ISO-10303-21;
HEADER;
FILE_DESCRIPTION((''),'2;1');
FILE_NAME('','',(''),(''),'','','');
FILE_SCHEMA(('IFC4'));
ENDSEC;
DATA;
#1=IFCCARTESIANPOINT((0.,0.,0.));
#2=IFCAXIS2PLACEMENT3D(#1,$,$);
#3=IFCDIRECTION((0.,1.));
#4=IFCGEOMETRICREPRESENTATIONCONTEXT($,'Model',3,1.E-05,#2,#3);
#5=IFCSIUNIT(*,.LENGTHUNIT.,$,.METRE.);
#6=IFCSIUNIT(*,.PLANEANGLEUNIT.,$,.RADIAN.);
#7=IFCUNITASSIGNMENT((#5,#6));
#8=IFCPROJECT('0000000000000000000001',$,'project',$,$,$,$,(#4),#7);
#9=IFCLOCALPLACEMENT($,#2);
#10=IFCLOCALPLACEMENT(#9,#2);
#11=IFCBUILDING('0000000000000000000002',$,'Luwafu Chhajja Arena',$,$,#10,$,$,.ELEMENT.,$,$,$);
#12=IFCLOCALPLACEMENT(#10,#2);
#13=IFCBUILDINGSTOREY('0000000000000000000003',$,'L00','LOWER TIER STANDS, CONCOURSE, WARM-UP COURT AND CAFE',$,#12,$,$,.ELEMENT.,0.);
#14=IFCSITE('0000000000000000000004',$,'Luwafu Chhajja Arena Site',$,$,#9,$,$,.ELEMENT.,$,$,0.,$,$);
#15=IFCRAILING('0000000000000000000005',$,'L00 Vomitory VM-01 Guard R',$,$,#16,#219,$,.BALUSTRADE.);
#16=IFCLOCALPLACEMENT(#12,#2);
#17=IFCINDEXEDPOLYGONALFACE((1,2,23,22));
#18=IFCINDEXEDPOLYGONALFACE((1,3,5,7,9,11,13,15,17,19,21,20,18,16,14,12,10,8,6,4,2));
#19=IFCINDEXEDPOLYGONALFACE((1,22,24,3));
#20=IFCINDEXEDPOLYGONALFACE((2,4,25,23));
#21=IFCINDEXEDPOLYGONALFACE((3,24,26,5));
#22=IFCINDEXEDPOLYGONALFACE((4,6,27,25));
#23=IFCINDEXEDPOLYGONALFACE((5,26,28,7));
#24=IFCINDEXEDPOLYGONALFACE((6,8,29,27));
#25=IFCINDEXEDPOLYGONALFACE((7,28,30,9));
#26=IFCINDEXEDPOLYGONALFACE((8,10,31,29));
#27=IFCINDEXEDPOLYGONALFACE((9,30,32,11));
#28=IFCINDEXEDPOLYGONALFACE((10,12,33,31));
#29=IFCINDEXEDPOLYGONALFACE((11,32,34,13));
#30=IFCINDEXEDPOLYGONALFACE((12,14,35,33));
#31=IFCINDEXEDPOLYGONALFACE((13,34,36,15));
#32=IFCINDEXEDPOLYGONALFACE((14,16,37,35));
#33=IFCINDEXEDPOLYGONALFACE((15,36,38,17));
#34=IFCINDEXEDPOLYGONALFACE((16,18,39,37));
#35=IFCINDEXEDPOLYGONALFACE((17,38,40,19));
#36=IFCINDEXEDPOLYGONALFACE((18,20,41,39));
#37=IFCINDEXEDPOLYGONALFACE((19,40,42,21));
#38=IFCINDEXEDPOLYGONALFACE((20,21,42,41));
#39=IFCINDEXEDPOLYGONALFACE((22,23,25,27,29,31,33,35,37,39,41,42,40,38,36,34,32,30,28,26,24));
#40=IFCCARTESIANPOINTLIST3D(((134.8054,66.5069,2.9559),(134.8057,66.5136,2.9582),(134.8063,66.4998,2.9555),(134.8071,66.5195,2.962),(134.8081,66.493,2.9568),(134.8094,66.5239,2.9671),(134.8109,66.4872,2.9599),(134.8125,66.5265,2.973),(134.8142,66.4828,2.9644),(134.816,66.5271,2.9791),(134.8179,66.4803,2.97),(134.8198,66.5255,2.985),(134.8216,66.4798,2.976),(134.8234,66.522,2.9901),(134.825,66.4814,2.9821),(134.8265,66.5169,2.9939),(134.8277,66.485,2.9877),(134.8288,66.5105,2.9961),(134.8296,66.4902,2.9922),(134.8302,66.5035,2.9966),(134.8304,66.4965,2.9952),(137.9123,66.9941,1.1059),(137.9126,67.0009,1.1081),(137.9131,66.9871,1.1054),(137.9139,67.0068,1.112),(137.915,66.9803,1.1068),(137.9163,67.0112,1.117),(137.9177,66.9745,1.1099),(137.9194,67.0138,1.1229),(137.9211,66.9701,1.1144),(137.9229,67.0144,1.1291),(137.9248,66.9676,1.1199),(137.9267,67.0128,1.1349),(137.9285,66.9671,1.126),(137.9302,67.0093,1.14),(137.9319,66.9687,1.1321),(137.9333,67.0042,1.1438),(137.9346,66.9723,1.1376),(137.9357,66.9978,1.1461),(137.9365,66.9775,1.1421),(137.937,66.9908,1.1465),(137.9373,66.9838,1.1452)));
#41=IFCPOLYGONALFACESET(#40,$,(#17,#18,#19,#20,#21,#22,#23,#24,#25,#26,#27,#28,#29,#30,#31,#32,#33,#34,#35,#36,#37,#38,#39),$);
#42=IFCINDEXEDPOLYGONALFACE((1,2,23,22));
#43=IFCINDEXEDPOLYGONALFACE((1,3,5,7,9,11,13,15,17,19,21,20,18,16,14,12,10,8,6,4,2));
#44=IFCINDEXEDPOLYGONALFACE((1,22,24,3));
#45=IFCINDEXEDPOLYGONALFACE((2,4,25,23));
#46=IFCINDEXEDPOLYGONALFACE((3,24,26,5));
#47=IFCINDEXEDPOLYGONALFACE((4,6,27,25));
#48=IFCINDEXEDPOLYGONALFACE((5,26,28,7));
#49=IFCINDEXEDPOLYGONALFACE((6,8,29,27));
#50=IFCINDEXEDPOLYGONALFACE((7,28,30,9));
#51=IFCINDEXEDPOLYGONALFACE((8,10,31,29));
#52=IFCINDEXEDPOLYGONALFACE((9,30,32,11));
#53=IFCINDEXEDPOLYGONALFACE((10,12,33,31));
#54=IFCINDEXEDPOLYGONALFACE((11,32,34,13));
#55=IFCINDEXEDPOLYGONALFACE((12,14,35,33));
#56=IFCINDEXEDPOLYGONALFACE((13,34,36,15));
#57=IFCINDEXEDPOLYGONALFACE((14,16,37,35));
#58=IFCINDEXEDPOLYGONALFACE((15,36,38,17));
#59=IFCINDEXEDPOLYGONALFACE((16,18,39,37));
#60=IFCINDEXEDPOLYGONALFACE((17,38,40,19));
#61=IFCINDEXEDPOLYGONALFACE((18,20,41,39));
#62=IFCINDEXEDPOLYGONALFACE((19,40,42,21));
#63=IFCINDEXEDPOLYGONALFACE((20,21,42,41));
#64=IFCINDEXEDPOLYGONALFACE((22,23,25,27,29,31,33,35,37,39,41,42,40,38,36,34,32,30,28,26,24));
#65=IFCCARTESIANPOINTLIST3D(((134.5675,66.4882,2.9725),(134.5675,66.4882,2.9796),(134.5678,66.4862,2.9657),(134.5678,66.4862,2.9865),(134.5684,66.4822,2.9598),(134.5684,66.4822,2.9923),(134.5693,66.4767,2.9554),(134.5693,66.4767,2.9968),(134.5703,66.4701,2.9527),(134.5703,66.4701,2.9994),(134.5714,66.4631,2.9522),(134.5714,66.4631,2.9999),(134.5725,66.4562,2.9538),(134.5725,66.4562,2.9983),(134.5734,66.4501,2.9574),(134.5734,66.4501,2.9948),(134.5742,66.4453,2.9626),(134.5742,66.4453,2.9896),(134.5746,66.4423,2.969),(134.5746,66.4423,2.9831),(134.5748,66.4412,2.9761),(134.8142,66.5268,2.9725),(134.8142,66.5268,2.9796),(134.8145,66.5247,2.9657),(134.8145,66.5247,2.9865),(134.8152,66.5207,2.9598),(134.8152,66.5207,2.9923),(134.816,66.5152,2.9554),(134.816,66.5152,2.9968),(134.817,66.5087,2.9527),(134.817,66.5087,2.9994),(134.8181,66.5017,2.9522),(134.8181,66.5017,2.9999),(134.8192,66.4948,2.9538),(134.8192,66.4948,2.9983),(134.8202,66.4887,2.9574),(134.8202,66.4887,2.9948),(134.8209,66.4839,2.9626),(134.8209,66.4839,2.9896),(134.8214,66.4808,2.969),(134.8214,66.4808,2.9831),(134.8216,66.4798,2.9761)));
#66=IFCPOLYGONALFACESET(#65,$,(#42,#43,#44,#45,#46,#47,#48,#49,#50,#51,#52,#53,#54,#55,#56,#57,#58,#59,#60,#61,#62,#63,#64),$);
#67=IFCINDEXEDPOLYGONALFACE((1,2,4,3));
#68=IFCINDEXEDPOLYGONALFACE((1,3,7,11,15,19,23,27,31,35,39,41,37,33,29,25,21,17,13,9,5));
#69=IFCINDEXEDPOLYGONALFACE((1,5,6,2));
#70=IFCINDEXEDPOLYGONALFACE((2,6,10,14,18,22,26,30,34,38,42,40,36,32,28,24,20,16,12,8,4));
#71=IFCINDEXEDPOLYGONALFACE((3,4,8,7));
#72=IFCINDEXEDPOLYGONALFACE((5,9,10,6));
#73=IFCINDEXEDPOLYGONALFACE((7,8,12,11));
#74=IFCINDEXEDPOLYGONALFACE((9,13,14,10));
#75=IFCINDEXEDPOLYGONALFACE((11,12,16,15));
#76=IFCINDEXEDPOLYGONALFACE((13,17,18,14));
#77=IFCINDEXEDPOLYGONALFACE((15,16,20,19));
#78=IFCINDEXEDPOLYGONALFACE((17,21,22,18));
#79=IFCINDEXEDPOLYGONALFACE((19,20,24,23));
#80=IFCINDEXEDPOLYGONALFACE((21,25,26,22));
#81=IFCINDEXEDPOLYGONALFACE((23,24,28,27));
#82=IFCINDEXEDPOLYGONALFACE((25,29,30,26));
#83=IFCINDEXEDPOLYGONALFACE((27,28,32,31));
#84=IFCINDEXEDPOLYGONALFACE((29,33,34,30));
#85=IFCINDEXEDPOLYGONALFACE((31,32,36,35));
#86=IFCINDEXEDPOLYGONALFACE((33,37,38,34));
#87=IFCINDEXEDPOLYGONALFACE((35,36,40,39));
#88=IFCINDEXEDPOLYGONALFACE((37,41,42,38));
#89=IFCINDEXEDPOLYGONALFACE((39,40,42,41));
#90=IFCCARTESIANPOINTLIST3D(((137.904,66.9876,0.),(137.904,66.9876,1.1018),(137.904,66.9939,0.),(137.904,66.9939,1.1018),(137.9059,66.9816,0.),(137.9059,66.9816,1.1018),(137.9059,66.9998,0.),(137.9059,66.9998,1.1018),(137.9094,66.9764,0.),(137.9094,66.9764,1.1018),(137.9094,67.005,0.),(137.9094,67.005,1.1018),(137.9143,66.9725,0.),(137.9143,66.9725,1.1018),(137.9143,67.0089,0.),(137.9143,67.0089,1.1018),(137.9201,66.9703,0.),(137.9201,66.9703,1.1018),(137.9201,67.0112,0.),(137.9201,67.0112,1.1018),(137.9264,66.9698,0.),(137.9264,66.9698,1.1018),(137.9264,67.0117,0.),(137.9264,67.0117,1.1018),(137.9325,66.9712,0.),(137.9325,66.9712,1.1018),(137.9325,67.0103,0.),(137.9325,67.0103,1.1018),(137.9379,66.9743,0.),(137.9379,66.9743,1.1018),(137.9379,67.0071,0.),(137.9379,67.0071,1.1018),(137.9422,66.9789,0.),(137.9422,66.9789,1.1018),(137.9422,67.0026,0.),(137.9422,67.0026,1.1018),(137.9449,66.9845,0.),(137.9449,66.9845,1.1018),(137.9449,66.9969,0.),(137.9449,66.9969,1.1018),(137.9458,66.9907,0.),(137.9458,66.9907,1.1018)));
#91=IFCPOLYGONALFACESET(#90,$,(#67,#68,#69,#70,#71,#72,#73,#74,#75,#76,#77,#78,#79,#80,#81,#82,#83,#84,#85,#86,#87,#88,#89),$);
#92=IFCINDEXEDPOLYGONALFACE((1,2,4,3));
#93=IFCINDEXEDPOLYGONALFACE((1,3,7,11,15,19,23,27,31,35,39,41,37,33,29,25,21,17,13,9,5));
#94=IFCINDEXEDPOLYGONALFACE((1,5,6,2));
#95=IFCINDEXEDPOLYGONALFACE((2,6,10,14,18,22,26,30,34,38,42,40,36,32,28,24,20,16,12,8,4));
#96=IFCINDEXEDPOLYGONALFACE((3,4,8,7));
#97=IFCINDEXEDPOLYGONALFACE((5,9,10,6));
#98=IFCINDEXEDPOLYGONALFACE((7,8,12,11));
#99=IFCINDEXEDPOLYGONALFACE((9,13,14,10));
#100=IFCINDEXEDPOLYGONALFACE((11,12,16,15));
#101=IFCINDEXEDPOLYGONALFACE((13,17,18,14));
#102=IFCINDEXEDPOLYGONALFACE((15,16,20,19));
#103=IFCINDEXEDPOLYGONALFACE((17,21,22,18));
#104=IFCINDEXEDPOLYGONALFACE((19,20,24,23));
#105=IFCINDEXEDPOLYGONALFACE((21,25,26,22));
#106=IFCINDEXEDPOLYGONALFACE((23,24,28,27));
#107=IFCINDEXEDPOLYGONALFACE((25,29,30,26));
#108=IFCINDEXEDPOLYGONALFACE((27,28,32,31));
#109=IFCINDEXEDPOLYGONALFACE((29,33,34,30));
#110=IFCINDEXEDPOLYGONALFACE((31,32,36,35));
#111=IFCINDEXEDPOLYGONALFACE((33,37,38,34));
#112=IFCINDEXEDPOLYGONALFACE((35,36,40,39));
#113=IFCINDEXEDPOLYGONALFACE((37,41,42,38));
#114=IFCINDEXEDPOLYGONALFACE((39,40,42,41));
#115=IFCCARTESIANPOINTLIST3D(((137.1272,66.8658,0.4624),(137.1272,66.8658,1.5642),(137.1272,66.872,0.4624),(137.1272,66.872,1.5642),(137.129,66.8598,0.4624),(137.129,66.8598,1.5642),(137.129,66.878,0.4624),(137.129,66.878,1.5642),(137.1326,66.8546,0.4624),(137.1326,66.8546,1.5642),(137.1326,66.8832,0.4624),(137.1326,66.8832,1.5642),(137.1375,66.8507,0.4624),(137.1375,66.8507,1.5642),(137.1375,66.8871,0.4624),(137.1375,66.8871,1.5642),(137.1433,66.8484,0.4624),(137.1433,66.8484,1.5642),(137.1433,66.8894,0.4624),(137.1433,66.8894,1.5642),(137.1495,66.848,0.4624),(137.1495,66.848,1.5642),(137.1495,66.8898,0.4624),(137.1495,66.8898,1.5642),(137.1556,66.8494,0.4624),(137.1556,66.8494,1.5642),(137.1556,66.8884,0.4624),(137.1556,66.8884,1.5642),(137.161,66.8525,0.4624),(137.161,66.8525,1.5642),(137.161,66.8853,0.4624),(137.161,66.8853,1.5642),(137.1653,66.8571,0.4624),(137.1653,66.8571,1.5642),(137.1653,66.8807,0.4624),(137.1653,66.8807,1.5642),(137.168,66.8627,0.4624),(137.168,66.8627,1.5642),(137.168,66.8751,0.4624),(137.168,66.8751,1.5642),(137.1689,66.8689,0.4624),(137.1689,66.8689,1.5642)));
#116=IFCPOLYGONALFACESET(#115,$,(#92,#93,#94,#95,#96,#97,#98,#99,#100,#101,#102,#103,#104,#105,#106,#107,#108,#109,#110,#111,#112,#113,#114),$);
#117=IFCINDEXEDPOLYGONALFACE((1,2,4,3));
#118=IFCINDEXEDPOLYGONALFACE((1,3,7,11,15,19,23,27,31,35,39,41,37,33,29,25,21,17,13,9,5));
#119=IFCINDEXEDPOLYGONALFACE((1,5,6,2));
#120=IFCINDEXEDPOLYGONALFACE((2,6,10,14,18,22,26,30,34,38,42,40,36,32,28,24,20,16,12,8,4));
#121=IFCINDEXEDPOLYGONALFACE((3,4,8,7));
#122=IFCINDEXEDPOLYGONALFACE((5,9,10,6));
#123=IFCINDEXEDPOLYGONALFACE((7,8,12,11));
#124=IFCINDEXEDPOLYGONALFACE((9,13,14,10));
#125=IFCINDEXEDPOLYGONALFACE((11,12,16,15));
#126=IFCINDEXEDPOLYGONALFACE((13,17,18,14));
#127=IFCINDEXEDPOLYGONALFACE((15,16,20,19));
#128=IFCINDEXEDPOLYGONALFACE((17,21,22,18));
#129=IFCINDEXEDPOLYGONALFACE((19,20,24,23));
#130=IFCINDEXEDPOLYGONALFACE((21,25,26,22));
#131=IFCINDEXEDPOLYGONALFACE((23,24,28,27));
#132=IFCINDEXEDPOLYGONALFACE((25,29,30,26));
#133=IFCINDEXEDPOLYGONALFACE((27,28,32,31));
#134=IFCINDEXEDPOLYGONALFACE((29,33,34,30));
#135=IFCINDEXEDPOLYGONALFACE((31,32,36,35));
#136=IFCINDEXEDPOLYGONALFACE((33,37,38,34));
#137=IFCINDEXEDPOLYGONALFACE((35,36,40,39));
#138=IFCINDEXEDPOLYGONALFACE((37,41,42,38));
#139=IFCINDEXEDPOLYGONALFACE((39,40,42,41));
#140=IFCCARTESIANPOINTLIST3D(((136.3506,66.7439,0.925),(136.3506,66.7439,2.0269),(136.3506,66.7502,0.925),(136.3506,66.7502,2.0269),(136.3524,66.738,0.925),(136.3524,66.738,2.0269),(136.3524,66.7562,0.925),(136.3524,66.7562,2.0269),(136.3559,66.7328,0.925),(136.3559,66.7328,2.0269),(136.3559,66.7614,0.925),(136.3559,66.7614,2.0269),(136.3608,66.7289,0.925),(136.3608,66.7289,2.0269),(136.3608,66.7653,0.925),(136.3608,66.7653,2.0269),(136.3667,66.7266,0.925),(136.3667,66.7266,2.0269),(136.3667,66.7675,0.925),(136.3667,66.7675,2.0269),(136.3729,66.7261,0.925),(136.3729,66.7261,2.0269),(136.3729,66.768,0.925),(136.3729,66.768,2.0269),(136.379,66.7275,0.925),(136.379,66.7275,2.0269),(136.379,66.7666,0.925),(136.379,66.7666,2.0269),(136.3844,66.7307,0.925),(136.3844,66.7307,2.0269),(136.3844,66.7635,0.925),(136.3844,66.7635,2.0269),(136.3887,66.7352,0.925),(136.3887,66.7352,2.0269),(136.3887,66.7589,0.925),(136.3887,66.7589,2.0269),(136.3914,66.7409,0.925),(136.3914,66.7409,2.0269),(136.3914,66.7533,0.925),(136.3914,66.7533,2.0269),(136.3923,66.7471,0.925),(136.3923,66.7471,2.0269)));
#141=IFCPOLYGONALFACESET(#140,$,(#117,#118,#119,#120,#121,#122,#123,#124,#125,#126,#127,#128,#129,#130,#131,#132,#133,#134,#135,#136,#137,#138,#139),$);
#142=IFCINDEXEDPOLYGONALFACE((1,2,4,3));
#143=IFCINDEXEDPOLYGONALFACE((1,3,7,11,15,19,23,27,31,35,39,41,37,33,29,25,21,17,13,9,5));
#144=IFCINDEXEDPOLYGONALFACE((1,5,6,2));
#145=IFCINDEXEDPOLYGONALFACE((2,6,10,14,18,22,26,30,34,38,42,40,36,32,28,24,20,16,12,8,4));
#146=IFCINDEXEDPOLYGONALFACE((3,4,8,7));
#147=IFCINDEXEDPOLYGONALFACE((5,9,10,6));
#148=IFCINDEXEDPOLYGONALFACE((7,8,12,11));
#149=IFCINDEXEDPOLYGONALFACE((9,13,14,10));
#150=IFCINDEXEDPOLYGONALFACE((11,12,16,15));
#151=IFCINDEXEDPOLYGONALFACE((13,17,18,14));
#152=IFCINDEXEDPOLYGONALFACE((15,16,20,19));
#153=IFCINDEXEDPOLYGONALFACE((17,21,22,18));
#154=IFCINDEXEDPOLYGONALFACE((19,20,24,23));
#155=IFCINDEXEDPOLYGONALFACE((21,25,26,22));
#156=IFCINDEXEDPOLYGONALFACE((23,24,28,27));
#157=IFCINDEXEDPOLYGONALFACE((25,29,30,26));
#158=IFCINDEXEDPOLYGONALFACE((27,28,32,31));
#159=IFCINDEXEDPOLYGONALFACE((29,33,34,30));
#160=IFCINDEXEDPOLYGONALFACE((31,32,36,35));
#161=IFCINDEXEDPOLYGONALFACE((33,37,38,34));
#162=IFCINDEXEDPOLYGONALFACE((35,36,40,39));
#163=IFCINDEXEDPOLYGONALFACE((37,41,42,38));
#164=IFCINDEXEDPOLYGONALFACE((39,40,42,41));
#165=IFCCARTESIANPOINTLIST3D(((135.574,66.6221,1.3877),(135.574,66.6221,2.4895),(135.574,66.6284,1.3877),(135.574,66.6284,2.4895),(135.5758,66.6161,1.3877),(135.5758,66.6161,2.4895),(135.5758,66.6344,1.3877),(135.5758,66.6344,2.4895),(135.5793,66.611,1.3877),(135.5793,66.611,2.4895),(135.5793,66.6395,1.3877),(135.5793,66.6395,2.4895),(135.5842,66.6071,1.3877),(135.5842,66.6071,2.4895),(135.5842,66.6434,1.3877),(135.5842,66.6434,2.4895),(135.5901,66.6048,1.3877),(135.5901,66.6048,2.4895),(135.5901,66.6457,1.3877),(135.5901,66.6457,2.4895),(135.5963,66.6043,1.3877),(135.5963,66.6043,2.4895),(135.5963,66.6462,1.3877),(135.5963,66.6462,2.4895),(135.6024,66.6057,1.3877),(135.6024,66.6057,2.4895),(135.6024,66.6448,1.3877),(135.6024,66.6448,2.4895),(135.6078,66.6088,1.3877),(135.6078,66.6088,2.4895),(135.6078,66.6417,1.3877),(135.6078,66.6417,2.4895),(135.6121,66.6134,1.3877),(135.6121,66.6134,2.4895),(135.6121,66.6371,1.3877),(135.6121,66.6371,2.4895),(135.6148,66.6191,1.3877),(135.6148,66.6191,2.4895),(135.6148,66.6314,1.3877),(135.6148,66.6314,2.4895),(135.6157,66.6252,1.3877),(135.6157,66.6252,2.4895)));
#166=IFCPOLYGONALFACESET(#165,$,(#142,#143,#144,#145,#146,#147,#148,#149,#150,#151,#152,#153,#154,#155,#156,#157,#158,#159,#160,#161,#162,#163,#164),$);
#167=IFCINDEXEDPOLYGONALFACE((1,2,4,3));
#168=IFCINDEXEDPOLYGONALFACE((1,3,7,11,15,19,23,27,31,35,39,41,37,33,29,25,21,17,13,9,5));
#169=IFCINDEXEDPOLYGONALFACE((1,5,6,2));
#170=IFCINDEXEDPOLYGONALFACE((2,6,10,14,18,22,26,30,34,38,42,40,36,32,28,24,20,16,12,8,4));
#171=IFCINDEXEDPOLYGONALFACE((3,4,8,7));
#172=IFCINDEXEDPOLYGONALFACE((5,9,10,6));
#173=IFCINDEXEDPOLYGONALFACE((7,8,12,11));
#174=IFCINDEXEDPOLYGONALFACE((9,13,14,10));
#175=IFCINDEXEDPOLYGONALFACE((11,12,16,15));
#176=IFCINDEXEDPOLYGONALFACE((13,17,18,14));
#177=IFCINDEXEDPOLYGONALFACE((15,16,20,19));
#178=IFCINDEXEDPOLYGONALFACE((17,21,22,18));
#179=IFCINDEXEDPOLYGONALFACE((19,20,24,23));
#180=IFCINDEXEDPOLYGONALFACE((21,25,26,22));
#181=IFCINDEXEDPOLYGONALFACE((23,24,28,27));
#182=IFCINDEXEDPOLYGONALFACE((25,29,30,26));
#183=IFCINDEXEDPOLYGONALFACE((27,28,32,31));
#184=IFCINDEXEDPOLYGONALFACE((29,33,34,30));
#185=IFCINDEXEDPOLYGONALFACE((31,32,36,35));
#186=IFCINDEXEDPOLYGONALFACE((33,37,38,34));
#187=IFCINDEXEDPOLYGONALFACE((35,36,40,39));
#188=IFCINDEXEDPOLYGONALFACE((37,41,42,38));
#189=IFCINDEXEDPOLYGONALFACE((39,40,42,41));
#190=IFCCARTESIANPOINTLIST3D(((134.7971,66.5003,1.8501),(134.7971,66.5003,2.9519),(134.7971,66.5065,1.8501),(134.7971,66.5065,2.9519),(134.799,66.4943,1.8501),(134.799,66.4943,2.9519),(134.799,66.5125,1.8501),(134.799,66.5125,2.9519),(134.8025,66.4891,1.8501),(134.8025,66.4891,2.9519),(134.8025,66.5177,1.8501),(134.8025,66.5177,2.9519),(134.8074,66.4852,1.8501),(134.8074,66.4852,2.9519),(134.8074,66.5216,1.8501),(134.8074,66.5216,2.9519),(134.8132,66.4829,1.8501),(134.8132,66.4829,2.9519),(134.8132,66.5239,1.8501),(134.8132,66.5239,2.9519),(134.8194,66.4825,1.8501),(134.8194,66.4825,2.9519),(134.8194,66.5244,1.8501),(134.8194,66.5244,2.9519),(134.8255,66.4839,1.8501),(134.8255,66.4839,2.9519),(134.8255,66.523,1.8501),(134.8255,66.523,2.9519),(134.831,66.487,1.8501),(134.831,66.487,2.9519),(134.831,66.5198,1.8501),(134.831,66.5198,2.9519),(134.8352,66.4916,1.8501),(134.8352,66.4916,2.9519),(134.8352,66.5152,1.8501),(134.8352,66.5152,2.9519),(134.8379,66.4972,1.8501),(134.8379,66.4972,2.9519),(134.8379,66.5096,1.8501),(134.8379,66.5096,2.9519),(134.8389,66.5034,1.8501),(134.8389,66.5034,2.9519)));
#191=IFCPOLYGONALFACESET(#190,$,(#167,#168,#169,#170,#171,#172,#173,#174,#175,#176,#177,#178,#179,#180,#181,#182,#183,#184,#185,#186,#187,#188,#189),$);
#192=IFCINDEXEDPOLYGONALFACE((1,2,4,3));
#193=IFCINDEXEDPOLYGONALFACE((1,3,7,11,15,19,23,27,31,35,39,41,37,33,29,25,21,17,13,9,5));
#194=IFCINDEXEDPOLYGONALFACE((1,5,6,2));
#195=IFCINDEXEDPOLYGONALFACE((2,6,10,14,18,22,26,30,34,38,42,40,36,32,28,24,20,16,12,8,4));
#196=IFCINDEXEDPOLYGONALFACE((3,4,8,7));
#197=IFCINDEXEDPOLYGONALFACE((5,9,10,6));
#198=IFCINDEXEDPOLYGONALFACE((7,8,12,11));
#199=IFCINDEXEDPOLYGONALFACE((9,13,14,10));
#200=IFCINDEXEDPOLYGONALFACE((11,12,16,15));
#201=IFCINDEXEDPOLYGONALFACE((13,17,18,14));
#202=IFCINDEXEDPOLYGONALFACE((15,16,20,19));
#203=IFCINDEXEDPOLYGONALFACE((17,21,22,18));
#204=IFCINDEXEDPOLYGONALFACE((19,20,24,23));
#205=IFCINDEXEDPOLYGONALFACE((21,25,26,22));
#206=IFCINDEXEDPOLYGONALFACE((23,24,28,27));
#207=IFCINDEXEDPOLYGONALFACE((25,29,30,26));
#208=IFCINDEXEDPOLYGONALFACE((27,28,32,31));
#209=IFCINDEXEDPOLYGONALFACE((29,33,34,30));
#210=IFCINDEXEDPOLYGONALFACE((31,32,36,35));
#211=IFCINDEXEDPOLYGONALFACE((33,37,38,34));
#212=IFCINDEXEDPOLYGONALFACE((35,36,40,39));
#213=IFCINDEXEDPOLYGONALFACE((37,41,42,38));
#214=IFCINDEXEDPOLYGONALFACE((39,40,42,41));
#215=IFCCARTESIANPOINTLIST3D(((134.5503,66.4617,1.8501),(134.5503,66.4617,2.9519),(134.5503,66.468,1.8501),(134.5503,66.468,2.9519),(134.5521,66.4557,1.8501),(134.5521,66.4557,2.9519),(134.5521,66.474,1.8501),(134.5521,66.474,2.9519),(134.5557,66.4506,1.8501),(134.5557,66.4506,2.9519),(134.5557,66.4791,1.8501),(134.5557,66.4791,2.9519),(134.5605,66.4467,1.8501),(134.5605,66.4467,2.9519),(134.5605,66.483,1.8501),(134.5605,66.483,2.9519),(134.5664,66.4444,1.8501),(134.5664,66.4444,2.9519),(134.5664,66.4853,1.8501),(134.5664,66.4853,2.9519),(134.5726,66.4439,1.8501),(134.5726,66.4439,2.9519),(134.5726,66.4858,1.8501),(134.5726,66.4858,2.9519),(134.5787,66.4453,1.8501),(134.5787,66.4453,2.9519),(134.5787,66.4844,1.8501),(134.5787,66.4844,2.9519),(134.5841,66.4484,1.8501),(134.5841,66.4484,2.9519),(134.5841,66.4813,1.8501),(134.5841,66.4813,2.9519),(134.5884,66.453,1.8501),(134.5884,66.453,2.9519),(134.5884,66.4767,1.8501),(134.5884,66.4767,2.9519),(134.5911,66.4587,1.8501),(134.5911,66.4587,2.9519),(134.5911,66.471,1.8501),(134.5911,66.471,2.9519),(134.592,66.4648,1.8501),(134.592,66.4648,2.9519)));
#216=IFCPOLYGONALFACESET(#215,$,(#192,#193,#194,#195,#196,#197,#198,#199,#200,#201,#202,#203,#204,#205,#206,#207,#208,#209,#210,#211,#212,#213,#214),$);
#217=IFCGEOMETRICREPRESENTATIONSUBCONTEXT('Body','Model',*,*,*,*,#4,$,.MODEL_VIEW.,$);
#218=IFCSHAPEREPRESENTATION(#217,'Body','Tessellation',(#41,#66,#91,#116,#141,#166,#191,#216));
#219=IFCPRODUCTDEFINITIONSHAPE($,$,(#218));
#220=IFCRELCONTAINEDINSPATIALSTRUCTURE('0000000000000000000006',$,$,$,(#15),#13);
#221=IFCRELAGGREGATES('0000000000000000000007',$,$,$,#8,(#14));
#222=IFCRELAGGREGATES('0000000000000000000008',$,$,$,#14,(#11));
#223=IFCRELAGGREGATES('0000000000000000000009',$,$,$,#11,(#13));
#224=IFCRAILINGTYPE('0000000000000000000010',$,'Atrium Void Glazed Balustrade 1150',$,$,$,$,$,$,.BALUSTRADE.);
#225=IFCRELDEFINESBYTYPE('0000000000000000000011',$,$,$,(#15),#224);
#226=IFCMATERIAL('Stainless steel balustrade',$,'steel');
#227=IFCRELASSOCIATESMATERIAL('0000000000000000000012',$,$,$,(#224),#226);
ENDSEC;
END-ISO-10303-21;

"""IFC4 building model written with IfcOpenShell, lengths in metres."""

from ifc_helpers import new_model, si_unit, direction, frame, origin, origin_2d, place, context, subcontext, project, spatial, circle, extrude, material, type_object, element, save


model = new_model("IFC4")

# Units and contexts
model_context = context("Model", 3, precision=1e-05, world=origin(), true_north=direction((0.0, 1.0)))
body_context = subcontext(model_context, "Body", "Model", "MODEL_VIEW")
ifc_project = project(units=[si_unit("LENGTHUNIT", "METRE"), si_unit("PLANEANGLEUNIT", "RADIAN")], contexts=[model_context])

# Site, building, storey
site_placement = place(None, origin())
site = spatial("IfcSite", under=ifc_project, at=site_placement, Name="Luwafu Chhajja Arena Site", CompositionType="ELEMENT", RefElevation=0.0)
building_placement = place(site_placement, origin())
building = spatial("IfcBuilding", under=site, at=building_placement, Name="Luwafu Chhajja Arena", CompositionType="ELEMENT")
storey_placement = place(building_placement, origin())
storey = spatial("IfcBuildingStorey", under=building, at=storey_placement, Name="L00", Description="LOWER TIER STANDS, CONCOURSE, WARM-UP COURT AND CAFE", CompositionType="ELEMENT", Elevation=0.0)

# Railing
ifc_material_1 = material(Name="Stainless steel balustrade", Category="steel")
railing_type_1 = type_object("IfcRailingType", Name="Atrium Void Glazed Balustrade 1150", PredefinedType="BALUSTRADE", material=ifc_material_1)
railing_1_placement = place(storey_placement, frame((137.9248, 66.9907, 0.0)))
element("IfcRailing", 1, at=railing_1_placement, inside=storey, type_object=railing_type_1, Name="L00 Vomitory VM-01 Guard R", PredefinedType="BALUSTRADE", context=body_context, shape_type="SweptSolid", body=[
    extrude(circle(Radius=0.0239, at=origin_2d()), frame((0.0, 0.0, 1.126), z_axis=(-0.851507, -0.133554, 0.50705), x_axis=(0.15495, -0.987922, 0.0)), (0.0, 0.0, 1.0), 3.6487),
    extrude(circle(Radius=0.0239, at=origin_2d()), frame((-3.1069, -0.4873, 2.9761), z_axis=(-0.988007, -0.154407, 0.0), x_axis=(0.154407, -0.988007, 0.0)), (0.0, 0.0, 1.0), 0.2498),
    extrude(circle(Radius=0.021, at=origin_2d()), origin(), (0.0, 0.0, 1.0), 1.1018),
    extrude(circle(Radius=0.021, at=origin_2d()), frame((-0.7769, -0.1218, 0.4624)), (0.0, 0.0, 1.0), 1.1018),
    extrude(circle(Radius=0.021, at=origin_2d()), frame((-1.5535, -0.2437, 0.925)), (0.0, 0.0, 1.0), 1.1018),
    extrude(circle(Radius=0.021, at=origin_2d()), frame((-2.3301, -0.3655, 1.3877)), (0.0, 0.0, 1.0), 1.1018),
    extrude(circle(Radius=0.021, at=origin_2d()), frame((-3.1069, -0.4873, 1.8501)), (0.0, 0.0, 1.0), 1.1018),
    extrude(circle(Radius=0.021, at=origin_2d()), frame((-3.3538, -0.5259, 1.8501)), (0.0, 0.0, 1.0), 1.1018),
])

save(model, "model.ifc")
